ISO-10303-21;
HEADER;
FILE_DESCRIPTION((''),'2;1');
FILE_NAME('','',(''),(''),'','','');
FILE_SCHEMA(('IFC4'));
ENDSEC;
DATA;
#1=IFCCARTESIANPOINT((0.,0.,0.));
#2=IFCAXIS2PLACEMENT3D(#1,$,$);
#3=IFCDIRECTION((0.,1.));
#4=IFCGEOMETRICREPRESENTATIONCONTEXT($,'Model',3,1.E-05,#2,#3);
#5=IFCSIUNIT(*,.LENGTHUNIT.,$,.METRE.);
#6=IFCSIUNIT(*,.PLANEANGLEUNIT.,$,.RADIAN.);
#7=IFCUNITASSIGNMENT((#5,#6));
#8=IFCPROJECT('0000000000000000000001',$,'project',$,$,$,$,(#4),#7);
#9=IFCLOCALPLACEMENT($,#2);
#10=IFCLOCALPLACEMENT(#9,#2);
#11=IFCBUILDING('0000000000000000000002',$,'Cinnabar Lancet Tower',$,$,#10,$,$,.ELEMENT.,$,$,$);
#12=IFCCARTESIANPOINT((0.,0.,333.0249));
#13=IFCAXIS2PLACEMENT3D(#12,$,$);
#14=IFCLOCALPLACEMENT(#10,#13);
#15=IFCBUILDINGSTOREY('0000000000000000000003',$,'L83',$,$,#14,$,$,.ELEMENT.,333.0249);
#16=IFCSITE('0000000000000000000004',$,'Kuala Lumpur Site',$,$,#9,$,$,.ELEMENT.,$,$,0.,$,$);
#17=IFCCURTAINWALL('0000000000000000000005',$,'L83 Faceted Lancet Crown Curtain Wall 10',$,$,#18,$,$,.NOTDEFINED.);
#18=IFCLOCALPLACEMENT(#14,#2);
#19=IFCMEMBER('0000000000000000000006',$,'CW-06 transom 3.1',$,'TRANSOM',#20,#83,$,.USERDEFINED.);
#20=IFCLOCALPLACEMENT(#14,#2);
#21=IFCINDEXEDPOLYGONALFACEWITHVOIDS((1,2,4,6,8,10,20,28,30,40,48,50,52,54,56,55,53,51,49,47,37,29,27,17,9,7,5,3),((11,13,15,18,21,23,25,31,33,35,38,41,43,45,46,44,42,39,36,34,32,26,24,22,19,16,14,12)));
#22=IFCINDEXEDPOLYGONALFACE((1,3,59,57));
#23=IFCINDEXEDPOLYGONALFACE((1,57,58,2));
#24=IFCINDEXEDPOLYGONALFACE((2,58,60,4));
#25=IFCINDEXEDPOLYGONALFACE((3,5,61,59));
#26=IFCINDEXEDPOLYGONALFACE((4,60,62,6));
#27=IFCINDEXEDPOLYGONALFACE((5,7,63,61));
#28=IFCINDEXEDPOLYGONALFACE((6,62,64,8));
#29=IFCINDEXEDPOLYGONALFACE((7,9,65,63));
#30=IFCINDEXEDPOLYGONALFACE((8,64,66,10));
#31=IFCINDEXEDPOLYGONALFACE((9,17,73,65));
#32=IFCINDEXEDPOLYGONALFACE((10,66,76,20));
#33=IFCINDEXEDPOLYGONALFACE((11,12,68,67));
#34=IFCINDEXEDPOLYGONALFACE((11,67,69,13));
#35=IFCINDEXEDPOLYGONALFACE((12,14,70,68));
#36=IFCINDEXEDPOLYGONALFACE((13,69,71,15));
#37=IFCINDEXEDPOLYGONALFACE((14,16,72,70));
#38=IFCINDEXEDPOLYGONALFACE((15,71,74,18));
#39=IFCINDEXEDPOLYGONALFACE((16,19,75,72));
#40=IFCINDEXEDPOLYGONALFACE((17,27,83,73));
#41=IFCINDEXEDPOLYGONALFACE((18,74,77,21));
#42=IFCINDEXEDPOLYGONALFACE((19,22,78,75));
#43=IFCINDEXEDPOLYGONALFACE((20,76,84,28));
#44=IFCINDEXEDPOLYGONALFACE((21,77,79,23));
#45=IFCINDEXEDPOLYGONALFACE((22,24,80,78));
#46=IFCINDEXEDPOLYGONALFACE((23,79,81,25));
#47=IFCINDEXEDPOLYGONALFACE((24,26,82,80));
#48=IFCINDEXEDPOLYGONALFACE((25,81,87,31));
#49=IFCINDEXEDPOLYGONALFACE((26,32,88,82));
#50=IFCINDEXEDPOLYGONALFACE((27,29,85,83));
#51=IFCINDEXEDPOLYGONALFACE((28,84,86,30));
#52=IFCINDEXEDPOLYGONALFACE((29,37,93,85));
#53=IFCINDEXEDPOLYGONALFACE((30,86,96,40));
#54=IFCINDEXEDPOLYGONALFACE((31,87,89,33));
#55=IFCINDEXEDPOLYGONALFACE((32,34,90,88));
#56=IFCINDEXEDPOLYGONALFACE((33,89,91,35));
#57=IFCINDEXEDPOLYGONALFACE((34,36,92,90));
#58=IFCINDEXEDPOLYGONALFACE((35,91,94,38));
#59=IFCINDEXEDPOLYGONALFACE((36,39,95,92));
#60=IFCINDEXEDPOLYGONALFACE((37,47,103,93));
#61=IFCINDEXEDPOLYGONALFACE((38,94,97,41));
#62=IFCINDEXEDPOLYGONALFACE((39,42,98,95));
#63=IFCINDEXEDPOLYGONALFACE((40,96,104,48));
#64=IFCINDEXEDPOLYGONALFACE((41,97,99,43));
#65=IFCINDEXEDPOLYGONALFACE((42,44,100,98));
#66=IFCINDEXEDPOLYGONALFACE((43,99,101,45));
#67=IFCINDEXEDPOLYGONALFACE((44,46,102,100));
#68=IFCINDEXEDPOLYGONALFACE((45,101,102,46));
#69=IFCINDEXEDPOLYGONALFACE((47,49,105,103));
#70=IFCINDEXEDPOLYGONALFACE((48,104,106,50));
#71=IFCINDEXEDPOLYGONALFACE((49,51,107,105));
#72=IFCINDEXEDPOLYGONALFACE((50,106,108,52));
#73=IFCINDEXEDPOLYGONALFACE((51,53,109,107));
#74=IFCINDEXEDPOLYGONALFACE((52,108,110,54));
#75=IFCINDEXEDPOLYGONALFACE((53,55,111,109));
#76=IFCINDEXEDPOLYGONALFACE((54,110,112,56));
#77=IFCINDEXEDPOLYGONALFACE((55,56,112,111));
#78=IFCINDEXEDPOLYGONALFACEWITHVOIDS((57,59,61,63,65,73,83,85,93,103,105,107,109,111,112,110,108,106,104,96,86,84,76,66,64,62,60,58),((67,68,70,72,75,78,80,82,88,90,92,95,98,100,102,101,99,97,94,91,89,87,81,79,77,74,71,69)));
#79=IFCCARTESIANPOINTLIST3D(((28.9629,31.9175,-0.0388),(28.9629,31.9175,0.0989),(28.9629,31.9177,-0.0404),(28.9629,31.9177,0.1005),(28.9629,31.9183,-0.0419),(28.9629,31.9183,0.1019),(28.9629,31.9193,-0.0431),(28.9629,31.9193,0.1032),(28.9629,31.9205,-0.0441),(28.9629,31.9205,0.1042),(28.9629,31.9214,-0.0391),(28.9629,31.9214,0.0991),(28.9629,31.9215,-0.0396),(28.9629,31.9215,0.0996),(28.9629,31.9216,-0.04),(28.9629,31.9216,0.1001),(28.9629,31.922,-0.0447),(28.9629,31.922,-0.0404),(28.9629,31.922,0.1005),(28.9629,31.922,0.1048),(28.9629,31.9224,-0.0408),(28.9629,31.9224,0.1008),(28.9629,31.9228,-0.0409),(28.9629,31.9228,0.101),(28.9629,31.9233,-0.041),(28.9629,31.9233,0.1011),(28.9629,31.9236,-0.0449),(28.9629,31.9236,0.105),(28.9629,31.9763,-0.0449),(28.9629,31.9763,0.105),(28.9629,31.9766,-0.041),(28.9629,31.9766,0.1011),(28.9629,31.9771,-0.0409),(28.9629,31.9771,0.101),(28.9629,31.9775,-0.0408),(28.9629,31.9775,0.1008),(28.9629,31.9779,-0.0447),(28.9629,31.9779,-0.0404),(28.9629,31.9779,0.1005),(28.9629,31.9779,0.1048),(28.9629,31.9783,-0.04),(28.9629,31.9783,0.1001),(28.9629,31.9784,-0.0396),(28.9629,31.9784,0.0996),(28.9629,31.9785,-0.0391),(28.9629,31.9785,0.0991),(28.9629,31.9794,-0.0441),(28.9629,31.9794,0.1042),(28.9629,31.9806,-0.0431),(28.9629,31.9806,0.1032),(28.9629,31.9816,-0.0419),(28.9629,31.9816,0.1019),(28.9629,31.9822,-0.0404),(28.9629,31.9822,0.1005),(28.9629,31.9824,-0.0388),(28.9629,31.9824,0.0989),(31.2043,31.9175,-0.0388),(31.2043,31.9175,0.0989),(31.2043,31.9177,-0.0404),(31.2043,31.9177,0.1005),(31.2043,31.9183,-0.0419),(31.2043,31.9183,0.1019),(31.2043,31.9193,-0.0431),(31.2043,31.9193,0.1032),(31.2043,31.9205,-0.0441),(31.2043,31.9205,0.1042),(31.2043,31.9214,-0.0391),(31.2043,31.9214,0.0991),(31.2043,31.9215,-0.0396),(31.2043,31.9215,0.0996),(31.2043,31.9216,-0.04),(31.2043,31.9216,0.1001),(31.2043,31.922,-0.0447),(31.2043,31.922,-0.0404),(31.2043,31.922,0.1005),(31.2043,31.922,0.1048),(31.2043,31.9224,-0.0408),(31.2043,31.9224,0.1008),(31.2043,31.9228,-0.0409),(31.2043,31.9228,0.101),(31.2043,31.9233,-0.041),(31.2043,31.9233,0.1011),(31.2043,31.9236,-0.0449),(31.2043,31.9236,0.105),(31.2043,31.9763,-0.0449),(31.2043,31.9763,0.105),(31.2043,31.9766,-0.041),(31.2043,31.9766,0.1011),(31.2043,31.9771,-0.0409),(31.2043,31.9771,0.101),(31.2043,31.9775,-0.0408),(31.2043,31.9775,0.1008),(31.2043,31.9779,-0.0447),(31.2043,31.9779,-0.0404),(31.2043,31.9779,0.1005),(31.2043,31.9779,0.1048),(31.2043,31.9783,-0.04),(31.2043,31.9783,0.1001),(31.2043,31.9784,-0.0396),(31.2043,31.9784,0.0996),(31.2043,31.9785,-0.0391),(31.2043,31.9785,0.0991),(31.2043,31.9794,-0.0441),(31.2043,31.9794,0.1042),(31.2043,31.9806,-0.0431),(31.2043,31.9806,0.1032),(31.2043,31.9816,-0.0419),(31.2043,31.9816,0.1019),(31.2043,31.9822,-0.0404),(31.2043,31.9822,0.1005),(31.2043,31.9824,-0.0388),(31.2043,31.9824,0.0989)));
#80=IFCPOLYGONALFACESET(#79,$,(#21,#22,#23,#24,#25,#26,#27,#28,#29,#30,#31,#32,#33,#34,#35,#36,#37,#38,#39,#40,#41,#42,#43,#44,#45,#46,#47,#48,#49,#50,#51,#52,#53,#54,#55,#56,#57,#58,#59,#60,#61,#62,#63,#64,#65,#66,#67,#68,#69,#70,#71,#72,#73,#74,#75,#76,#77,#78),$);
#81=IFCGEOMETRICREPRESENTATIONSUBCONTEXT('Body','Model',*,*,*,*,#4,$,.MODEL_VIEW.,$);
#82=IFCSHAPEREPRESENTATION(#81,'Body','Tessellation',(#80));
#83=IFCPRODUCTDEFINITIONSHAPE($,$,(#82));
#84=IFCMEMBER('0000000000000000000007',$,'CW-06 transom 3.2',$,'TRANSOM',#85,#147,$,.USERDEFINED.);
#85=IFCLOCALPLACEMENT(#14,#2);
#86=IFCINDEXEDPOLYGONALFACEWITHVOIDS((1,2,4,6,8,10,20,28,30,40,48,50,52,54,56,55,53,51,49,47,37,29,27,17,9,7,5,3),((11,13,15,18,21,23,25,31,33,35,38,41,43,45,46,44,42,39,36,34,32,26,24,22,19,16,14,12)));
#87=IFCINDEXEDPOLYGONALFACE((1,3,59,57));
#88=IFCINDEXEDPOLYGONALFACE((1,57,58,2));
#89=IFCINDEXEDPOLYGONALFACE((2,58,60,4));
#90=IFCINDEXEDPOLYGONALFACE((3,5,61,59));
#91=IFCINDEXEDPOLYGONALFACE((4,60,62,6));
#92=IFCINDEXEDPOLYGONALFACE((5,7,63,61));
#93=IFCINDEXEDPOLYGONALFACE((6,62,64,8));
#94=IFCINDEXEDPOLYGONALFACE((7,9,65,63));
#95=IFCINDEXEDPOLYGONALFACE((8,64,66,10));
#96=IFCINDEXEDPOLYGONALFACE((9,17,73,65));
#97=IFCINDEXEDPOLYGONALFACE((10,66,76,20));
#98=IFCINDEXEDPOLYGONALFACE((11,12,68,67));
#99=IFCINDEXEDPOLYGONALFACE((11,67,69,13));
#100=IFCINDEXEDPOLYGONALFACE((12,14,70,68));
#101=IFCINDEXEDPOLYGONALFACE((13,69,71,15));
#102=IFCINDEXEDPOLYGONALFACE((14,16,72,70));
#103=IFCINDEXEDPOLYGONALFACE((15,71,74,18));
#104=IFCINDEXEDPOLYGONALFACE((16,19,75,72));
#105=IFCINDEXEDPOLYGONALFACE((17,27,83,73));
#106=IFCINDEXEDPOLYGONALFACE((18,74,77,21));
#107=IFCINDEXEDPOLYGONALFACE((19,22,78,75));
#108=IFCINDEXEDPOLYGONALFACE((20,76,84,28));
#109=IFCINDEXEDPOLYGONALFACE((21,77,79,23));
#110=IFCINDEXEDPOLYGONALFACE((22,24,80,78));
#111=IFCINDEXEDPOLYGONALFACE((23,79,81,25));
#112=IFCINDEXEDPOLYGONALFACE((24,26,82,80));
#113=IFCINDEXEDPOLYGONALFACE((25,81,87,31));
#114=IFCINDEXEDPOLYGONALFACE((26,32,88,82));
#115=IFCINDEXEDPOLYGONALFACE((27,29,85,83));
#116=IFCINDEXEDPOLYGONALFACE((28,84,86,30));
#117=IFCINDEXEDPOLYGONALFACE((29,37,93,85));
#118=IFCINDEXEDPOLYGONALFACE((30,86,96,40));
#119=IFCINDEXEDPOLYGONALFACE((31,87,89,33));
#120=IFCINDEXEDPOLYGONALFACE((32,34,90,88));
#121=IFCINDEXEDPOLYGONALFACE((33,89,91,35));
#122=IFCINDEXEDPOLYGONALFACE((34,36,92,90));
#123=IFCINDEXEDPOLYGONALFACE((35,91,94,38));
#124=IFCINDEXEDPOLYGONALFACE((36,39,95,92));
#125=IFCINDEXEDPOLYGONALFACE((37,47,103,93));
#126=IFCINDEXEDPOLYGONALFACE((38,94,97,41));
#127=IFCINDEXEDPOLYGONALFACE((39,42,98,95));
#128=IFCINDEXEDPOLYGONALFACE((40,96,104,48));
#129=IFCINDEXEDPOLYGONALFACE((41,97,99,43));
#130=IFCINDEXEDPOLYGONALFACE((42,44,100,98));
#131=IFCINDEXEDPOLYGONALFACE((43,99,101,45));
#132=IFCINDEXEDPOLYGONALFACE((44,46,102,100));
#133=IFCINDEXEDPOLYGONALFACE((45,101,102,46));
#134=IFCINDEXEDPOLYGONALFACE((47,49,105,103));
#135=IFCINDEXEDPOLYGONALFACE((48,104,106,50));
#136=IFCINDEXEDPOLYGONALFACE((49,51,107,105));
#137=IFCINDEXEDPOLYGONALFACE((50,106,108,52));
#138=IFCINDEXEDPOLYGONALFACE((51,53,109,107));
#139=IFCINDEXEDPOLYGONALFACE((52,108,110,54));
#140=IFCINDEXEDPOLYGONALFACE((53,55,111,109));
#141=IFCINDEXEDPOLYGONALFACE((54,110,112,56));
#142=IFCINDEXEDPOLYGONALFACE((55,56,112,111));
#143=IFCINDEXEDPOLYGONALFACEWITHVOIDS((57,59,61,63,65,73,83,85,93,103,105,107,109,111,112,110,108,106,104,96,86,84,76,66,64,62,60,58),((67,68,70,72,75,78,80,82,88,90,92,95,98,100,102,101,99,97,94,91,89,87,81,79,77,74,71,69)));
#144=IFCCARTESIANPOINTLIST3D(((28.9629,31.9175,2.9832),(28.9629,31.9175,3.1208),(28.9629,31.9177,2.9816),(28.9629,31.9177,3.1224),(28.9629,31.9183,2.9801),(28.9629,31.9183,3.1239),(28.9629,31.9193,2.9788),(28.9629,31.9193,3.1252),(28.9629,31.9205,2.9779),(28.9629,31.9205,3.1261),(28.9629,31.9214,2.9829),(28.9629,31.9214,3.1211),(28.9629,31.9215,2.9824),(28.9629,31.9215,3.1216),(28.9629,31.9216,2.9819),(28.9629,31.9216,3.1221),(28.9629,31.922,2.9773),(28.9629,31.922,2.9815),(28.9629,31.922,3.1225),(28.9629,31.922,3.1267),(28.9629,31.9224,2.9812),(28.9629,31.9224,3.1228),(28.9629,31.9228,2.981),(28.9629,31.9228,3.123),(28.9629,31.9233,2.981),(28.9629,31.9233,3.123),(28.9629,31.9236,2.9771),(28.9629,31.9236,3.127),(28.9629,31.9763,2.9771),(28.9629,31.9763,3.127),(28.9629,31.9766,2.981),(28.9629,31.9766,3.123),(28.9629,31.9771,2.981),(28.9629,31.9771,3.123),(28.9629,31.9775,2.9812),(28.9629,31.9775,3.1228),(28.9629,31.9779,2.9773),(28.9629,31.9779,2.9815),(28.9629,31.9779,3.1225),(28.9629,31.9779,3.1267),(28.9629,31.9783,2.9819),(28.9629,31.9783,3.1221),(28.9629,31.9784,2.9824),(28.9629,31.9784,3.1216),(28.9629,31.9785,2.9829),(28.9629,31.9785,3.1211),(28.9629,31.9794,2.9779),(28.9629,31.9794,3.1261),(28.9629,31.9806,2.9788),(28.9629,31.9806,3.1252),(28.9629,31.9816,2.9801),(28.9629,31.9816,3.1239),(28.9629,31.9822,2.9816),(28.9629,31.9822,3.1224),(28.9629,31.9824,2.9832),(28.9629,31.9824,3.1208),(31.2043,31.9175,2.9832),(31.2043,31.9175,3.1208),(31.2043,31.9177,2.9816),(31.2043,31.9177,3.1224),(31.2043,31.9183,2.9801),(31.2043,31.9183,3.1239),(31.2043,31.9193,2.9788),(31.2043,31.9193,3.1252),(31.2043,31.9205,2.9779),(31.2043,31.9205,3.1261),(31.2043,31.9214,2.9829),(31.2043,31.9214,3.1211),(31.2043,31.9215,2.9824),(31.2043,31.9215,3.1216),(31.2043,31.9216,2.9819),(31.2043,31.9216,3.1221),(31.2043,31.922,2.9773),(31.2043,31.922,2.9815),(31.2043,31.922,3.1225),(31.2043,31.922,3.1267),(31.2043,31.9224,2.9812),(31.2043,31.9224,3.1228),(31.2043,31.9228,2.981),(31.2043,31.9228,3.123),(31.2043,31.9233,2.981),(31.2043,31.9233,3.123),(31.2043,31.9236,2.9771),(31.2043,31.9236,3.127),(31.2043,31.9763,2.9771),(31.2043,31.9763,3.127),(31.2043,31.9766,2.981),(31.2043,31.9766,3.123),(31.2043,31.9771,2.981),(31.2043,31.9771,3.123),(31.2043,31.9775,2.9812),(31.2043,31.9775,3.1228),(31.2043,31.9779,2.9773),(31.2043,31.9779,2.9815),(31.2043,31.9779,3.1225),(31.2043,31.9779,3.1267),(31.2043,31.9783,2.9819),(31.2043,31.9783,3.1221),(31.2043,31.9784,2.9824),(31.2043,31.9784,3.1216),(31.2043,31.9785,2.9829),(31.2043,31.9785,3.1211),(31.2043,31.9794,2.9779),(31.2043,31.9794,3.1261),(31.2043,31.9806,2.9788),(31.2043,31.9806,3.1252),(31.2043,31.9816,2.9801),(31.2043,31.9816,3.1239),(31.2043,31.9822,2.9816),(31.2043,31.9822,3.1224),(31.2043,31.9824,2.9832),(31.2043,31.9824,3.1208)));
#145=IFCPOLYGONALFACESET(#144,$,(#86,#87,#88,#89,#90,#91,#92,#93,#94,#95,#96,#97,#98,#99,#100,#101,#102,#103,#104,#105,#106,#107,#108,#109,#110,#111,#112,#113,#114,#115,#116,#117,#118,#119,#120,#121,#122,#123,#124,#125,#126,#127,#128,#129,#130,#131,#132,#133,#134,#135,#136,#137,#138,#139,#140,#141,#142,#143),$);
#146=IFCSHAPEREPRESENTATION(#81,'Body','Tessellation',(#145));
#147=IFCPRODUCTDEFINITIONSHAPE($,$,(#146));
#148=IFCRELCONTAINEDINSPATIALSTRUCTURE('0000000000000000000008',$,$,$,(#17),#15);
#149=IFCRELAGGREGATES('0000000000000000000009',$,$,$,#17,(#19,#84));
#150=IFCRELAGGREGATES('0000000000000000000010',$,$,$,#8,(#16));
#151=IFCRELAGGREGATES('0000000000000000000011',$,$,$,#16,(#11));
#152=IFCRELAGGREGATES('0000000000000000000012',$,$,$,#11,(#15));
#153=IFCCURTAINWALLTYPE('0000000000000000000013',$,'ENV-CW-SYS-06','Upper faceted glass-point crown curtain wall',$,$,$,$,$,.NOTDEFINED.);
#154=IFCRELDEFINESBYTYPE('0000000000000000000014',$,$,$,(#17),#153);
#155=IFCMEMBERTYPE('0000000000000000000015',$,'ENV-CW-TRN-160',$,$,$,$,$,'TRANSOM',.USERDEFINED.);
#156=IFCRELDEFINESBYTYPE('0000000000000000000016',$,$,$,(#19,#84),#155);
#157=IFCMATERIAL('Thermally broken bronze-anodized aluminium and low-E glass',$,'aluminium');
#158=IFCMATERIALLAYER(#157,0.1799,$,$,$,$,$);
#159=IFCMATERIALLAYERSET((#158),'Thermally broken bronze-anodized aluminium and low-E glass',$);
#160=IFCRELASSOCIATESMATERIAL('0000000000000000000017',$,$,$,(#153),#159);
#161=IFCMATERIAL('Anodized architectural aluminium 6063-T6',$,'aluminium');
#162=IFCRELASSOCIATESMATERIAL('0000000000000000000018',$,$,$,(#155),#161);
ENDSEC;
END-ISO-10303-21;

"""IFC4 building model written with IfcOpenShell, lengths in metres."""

from ifc_helpers import new_model, si_unit, direction, frame, origin, origin_2d, place, context, subcontext, project, spatial, hollow_rectangle, extrude, material, layer, layer_set, material_profile, profile_set, type_object, element, aggregate, save


model = new_model("IFC4")

# Units and contexts
model_context = context("Model", 3, precision=1e-05, world=origin(), true_north=direction((0.0, 1.0)))
body_context = subcontext(model_context, "Body", "Model", "MODEL_VIEW")
ifc_project = project(units=[si_unit("LENGTHUNIT", "METRE"), si_unit("PLANEANGLEUNIT", "RADIAN")], contexts=[model_context])

# Site, building, storey
site_placement = place(None, origin())
site = spatial("IfcSite", under=ifc_project, at=site_placement, Name="Kuala Lumpur Site", CompositionType="ELEMENT", RefElevation=0.0)
building_placement = place(site_placement, origin())
building = spatial("IfcBuilding", under=site, at=building_placement, Name="Cinnabar Lancet Tower", CompositionType="ELEMENT")
storey_placement = place(building_placement, frame((0.0, 0.0, 333.0249)))
storey = spatial("IfcBuildingStorey", under=building, at=storey_placement, Name="L83", CompositionType="ELEMENT", Elevation=333.0249)

# Curtain wall
ifc_material_1 = material(Name="Thermally broken bronze-anodized aluminium and low-E glass", Category="aluminium")
ifc_layer_1 = layer(ifc_material_1, 0.1799)
ifc_layer_set_1 = layer_set([ifc_layer_1], Name="Thermally broken bronze-anodized aluminium and low-E glass")
curtain_wall_type = type_object("IfcCurtainWallType", Name="ENV-CW-SYS-06", Description="Upper faceted glass-point crown curtain wall", PredefinedType="NOTDEFINED", material=ifc_layer_set_1)
curtain_wall_1_placement = place(storey_placement, origin())
curtain_wall_1 = element("IfcCurtainWall", 1, at=curtain_wall_1_placement, inside=storey, type_object=curtain_wall_type, Name="L83 Faceted Lancet Crown Curtain Wall 10", PredefinedType="NOTDEFINED")

# Members
ifc_material_2 = material(Name="Anodized architectural aluminium 6063-T6", Category="aluminium")
ifc_material_profile_1 = material_profile(ifc_material_2, hollow_rectangle(XDim=0.0649, YDim=0.1499, WallThickness=0.0039, InnerFilletRadius=0.002, OuterFilletRadius=0.0061, at=origin_2d()), Name="CW-TRN 150x65x4")
ifc_profile_set_1 = profile_set([ifc_material_profile_1], Name="Anodized architectural aluminium 6063-T6")
member_type_1 = type_object("IfcMemberType", Name="ENV-CW-TRN-160", ElementType="TRANSOM", PredefinedType="USERDEFINED", material=ifc_profile_set_1)
member_1_placement = place(storey_placement, frame((31.2043, 31.95, 0.03), z_axis=(-1.0, 0.0, 0.0), x_axis=(0.0, -1.0, 0.0)))
member_1 = element("IfcMember", 2, at=member_1_placement, type_object=member_type_1, Name="CW-06 transom 3.1", ObjectType="TRANSOM", PredefinedType="USERDEFINED", context=body_context, shape_type="SweptSolid", body=[
    extrude(hollow_rectangle(XDim=0.0649, YDim=0.1499, WallThickness=0.0039, InnerFilletRadius=0.002, OuterFilletRadius=0.0061, at=origin_2d()), origin(), (0.0, 0.0, 1.0), 2.2415),
])
member_2_placement = place(storey_placement, frame((31.2043, 31.95, 3.052), z_axis=(-1.0, 0.0, 0.0), x_axis=(0.0, -1.0, 0.0)))
member_2 = element("IfcMember", 3, at=member_2_placement, type_object=member_type_1, Name="CW-06 transom 3.2", ObjectType="TRANSOM", PredefinedType="USERDEFINED", context=body_context, shape_type="SweptSolid", body=[
    extrude(hollow_rectangle(XDim=0.0649, YDim=0.1499, WallThickness=0.0039, InnerFilletRadius=0.002, OuterFilletRadius=0.0061, at=origin_2d()), origin(), (0.0, 0.0, 1.0), 2.2415),
])

aggregate(curtain_wall_1, [member_1, member_2])

save(model, "model.ifc")
